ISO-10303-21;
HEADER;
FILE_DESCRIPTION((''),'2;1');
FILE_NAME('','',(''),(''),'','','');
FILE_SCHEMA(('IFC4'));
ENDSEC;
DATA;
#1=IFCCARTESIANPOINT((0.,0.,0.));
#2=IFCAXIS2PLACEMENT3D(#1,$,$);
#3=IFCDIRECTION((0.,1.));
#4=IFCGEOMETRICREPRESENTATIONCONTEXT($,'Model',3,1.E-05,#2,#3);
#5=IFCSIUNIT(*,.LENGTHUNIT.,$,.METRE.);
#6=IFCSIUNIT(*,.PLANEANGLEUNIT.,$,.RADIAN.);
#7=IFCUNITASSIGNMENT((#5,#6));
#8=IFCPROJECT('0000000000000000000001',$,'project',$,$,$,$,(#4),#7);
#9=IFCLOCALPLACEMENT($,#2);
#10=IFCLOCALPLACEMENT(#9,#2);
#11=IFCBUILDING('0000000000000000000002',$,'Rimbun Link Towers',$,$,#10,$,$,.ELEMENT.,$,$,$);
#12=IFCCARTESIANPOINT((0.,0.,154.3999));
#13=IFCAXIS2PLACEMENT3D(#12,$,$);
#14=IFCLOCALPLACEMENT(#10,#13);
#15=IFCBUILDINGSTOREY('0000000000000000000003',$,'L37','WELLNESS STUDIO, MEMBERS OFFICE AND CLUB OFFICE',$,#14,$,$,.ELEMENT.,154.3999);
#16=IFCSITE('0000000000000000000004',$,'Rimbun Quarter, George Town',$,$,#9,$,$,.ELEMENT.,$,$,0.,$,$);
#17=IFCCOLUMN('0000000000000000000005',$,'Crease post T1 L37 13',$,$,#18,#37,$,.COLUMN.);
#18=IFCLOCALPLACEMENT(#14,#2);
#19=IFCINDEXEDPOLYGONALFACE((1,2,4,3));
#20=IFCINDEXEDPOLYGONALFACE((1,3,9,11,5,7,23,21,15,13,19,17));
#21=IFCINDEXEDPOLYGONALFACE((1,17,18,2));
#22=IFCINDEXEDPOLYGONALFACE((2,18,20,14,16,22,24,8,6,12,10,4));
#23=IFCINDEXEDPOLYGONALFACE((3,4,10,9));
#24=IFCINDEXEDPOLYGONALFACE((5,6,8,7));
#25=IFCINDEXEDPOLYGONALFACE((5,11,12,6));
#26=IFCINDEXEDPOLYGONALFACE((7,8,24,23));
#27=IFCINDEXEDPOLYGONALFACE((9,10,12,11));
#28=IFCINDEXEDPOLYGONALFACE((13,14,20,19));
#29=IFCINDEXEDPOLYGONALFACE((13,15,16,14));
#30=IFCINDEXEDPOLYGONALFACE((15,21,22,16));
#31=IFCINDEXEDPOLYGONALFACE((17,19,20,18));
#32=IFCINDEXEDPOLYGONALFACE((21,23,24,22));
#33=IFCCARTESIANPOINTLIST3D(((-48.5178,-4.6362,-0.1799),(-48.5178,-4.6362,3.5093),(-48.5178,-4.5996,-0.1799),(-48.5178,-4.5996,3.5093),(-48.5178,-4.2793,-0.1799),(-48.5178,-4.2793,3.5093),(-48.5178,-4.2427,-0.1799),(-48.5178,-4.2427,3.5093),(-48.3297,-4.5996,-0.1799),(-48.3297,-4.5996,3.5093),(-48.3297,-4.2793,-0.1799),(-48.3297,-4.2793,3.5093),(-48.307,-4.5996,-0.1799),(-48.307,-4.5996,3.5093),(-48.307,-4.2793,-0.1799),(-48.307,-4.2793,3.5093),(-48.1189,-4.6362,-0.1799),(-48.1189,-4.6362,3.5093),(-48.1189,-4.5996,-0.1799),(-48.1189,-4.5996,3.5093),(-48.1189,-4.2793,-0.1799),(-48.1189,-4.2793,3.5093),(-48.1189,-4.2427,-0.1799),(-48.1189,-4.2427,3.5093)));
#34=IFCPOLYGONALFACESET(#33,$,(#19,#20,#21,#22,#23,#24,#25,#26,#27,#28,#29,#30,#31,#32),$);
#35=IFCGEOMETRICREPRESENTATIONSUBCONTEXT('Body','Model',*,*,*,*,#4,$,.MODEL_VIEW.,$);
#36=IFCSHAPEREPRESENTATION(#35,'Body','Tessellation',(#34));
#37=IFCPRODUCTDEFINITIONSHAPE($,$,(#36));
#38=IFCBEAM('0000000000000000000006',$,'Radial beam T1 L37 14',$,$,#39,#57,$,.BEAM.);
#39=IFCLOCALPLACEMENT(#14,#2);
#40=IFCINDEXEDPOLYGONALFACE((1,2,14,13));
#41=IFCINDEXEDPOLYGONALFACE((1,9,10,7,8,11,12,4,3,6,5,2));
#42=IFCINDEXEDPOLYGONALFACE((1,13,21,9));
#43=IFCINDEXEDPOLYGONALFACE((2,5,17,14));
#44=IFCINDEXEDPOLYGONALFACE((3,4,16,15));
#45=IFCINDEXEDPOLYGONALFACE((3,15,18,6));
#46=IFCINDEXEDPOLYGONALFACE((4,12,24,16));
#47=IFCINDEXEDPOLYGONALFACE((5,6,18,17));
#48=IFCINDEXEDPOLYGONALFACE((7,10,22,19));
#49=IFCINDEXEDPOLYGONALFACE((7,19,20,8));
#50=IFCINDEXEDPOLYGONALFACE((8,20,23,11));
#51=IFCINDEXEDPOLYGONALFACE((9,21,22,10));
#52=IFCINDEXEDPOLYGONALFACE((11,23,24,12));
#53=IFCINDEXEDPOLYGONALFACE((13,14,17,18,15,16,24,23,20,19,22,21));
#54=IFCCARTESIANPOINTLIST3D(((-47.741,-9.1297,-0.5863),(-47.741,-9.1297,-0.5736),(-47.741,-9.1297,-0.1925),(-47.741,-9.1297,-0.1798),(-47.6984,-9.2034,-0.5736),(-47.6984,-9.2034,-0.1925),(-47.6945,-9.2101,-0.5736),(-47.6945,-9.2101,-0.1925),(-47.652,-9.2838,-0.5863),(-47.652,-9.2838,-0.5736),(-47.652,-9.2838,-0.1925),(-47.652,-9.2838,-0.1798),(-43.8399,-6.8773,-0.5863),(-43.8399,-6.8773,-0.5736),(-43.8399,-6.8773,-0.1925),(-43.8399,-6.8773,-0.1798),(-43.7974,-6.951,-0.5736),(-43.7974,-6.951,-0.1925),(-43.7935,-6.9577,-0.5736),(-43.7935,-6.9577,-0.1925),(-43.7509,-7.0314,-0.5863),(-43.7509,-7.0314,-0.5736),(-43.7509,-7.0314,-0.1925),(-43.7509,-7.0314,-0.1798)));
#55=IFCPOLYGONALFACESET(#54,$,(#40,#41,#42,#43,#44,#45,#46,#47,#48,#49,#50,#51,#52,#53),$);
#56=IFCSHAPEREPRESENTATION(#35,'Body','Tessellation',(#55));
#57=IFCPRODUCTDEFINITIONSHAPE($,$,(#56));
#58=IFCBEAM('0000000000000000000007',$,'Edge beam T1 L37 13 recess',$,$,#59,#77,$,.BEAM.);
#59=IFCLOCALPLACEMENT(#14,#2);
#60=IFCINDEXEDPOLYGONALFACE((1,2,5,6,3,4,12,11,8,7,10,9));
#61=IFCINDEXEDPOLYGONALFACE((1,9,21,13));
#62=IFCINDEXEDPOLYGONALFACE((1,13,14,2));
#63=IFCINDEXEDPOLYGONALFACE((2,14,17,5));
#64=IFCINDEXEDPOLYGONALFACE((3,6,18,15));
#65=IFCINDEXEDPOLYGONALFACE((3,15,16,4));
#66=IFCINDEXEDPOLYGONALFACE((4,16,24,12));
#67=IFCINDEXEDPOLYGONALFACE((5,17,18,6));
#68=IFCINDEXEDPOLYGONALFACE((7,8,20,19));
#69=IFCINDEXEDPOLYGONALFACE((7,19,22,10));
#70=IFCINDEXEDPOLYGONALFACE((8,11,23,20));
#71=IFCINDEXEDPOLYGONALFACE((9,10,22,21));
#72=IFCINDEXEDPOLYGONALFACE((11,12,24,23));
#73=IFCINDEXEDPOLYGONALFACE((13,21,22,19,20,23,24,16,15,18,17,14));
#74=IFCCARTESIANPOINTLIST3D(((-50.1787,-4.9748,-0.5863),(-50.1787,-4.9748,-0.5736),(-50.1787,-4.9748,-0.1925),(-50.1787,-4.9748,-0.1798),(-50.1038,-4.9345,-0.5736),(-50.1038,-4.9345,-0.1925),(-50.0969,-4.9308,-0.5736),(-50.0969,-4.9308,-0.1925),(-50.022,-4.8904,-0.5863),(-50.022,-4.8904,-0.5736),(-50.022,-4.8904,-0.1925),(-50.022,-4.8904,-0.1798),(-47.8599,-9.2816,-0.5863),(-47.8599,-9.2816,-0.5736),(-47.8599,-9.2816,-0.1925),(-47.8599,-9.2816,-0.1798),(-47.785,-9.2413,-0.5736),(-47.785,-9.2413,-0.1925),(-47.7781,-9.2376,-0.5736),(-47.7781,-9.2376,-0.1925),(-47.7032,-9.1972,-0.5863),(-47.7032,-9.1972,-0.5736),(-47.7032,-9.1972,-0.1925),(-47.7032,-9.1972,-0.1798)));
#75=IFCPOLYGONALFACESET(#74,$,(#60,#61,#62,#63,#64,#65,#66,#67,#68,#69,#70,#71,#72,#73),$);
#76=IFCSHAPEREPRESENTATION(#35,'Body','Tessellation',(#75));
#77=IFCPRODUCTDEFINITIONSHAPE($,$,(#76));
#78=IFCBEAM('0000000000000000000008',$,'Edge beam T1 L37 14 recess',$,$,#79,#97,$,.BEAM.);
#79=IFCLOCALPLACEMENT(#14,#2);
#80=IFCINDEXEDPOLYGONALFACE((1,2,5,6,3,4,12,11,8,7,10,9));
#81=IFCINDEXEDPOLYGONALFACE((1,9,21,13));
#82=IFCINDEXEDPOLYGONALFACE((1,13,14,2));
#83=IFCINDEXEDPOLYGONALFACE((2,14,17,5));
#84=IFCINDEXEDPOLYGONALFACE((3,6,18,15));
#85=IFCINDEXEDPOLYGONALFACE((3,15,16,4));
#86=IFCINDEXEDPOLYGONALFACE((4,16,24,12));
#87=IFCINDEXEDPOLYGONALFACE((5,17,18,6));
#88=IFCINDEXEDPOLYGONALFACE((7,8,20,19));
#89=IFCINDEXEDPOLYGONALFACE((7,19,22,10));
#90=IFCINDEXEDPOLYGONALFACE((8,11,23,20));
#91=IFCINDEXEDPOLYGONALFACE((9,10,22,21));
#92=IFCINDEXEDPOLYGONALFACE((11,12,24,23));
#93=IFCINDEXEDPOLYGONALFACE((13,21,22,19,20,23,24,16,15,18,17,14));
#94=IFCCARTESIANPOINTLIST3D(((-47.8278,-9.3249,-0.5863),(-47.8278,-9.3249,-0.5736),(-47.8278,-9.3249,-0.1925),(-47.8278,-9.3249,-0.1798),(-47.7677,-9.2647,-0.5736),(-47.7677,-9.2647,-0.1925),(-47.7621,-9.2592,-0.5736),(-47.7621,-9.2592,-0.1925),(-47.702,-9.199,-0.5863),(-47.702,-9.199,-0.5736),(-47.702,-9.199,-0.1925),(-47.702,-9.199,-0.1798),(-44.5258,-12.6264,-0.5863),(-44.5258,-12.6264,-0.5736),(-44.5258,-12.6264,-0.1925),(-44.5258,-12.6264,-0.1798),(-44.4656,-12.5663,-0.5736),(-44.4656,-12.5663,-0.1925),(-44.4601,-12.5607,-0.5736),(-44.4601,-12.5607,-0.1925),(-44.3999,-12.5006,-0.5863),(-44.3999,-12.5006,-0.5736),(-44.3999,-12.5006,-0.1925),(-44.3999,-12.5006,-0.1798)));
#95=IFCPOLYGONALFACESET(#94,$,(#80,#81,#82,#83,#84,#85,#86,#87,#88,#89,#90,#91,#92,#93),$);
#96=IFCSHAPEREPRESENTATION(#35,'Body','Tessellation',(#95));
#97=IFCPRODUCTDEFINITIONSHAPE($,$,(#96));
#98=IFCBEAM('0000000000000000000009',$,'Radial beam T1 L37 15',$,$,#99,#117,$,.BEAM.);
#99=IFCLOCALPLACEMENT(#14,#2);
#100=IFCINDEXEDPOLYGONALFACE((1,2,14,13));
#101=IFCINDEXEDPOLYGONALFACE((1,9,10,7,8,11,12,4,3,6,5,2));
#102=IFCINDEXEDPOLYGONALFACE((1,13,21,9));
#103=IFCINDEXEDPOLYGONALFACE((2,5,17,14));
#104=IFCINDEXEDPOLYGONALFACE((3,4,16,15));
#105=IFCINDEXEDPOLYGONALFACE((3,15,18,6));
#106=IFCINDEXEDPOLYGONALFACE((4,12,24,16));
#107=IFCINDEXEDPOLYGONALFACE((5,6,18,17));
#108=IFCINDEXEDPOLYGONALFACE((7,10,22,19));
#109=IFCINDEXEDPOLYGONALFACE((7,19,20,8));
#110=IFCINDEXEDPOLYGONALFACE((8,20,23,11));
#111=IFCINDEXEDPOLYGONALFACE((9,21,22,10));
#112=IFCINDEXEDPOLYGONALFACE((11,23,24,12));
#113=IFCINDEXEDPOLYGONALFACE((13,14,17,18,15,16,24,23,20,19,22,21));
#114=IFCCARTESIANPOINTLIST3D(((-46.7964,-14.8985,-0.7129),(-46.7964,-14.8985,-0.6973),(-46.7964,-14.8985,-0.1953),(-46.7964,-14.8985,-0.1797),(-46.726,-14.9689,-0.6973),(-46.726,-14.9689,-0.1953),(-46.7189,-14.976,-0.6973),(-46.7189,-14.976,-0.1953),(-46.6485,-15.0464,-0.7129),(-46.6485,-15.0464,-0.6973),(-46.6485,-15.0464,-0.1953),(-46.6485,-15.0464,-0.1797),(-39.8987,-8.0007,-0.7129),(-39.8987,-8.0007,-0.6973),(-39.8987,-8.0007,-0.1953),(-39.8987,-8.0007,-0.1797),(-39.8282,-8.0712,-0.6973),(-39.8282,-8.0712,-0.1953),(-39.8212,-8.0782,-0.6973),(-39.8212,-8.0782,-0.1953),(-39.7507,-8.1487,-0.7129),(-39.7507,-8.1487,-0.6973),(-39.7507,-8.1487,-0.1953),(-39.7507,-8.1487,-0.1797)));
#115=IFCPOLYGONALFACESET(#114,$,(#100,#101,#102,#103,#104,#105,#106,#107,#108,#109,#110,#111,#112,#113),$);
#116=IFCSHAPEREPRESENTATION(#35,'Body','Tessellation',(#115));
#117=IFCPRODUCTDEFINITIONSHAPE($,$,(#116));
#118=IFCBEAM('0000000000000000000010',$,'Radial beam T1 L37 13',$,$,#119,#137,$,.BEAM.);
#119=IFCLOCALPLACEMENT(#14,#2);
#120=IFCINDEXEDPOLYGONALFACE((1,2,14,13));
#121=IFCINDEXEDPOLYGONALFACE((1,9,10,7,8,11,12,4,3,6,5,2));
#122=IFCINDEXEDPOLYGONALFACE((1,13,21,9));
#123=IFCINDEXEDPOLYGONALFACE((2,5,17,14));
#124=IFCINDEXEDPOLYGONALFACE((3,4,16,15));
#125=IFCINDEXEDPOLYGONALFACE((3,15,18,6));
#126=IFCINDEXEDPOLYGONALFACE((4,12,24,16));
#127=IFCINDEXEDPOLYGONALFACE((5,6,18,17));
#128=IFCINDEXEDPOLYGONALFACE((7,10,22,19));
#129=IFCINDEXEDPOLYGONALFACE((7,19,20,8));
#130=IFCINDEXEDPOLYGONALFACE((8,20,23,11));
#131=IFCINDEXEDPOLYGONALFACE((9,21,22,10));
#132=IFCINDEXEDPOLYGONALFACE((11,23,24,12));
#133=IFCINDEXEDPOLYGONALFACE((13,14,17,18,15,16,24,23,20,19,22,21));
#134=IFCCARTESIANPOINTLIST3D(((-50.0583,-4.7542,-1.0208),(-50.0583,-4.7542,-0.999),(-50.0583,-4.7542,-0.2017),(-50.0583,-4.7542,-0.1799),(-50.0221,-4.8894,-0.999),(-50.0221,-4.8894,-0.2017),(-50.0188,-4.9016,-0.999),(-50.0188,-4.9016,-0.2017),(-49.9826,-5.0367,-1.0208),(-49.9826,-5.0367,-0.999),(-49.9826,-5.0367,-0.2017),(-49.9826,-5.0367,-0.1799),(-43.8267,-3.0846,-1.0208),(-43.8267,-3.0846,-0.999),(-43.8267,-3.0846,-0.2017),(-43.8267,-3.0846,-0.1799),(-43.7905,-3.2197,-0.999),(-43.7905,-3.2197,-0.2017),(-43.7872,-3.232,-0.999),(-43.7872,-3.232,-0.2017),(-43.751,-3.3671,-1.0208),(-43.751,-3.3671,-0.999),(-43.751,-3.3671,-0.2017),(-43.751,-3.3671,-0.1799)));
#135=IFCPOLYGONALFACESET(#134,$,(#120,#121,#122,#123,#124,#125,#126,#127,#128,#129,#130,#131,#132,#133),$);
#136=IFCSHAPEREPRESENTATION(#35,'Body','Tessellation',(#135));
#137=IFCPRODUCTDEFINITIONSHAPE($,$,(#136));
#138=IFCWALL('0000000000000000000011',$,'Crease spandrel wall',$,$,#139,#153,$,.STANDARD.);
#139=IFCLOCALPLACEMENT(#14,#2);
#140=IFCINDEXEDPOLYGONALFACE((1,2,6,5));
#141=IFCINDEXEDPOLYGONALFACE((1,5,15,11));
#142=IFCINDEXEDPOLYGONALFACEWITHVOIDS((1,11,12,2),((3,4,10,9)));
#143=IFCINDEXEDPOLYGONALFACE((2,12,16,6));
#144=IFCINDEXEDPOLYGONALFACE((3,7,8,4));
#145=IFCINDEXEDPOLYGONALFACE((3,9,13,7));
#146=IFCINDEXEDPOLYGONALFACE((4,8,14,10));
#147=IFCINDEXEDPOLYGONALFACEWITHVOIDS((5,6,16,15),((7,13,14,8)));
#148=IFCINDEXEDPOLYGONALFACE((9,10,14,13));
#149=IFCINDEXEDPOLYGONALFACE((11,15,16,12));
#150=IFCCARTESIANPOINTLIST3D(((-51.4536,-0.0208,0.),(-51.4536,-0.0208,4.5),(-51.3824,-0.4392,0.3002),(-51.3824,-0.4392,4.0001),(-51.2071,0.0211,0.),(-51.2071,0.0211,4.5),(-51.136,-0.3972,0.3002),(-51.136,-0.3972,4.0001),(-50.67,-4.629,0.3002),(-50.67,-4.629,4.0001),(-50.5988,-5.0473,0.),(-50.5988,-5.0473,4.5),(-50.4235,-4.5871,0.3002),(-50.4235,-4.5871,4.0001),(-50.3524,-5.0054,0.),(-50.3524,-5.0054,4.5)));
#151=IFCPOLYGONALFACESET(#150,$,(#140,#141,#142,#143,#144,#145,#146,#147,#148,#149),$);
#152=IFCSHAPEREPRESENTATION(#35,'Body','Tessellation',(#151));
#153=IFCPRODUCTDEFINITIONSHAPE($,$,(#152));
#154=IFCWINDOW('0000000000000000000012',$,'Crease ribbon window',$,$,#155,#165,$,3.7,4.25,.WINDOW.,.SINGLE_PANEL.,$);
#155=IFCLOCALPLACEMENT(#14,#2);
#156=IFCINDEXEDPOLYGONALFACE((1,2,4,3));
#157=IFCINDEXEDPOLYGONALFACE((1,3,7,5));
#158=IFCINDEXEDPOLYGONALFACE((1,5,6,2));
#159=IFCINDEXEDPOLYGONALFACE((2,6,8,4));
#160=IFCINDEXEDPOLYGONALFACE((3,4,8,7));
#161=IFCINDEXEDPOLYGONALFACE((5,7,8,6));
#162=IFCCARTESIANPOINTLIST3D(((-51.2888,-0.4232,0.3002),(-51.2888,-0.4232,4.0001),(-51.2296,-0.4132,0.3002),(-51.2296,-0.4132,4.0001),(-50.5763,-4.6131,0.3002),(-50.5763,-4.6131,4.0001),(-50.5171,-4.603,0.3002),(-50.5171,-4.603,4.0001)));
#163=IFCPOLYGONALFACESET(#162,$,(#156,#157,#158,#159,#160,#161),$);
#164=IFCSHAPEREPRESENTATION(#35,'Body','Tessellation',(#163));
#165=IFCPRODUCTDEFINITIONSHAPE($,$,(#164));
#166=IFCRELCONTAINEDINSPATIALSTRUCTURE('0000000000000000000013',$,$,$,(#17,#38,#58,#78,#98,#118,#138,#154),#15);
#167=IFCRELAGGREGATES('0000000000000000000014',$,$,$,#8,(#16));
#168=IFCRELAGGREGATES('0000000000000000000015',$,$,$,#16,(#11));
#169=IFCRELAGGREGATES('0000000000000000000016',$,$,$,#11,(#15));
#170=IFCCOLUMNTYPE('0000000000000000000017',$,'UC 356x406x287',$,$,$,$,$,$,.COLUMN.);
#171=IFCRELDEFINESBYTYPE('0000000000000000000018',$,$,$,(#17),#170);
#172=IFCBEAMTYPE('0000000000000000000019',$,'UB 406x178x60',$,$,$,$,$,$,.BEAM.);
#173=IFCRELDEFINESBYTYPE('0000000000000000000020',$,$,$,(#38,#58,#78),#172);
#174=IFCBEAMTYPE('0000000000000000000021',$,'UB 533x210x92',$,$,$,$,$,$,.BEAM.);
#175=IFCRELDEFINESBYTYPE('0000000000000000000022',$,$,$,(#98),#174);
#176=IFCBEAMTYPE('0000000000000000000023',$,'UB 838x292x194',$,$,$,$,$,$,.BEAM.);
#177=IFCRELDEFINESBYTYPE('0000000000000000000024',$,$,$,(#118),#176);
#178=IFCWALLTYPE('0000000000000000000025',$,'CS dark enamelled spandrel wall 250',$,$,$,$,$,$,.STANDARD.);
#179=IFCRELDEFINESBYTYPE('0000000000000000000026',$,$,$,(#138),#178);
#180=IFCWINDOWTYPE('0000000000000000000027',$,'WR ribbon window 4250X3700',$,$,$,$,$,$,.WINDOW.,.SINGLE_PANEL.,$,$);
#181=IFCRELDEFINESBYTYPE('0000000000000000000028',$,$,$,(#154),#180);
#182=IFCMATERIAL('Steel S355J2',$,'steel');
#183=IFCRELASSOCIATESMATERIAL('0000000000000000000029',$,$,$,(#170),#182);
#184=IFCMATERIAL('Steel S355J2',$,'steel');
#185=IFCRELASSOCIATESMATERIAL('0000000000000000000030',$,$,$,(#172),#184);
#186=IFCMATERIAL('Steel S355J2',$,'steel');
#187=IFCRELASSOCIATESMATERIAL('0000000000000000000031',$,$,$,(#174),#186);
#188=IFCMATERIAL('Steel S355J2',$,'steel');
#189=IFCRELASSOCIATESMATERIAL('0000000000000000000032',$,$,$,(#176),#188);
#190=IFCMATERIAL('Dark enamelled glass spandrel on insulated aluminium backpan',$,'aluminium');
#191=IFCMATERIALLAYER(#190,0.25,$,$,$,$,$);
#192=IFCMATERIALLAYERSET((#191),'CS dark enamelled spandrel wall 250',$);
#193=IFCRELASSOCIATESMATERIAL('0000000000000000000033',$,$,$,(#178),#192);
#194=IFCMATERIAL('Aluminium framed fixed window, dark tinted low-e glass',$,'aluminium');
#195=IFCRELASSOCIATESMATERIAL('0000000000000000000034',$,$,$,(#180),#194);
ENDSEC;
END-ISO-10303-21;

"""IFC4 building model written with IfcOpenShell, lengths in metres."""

from ifc_helpers import new_model, si_unit, direction, frame, frame_2d, origin, origin_2d, place, context, subcontext, project, spatial, rectangle, i_section, extrude, material, layer, layer_set, material_profile, profile_set, type_object, element, fill, save


model = new_model("IFC4")

# Units and contexts
model_context = context("Model", 3, precision=1e-05, world=origin(), true_north=direction((0.0, 1.0)))
body_context = subcontext(model_context, "Body", "Model", "MODEL_VIEW")
ifc_project = project(units=[si_unit("LENGTHUNIT", "METRE"), si_unit("PLANEANGLEUNIT", "RADIAN")], contexts=[model_context])

# Site, building, storey
site_placement = place(None, origin())
site = spatial("IfcSite", under=ifc_project, at=site_placement, Name="Rimbun Quarter, George Town", CompositionType="ELEMENT", RefElevation=0.0)
building_placement = place(site_placement, origin())
building = spatial("IfcBuilding", under=site, at=building_placement, Name="Rimbun Link Towers", CompositionType="ELEMENT")
storey_placement = place(building_placement, frame((0.0, 0.0, 154.3999)))
storey = spatial("IfcBuildingStorey", under=building, at=storey_placement, Name="L37", Description="WELLNESS STUDIO, MEMBERS OFFICE AND CLUB OFFICE", CompositionType="ELEMENT", Elevation=154.3999)

# Column
ifc_material_1 = material(Name="Steel S355J2", Category="steel")
ifc_material_profile_1 = material_profile(ifc_material_1, i_section(OverallWidth=0.3989, OverallDepth=0.3936, WebThickness=0.0227, FlangeThickness=0.0366, at=origin_2d()), Name="UC 356x406x287")
ifc_profile_set_1 = profile_set([ifc_material_profile_1], Name="Steel S355J2")
column_type = type_object("IfcColumnType", Name="UC 356x406x287", PredefinedType="COLUMN", material=ifc_profile_set_1)
column_placement = place(storey_placement, frame((-48.3184, -4.4395, -0.1799), z_axis=(0.0, 0.0, 1.0), x_axis=(1.0, 0.0, 0.0)))
element("IfcColumn", 1, at=column_placement, inside=storey, type_object=column_type, Name="Crease post T1 L37 13", PredefinedType="COLUMN", context=body_context, shape_type="SweptSolid", body=[
    extrude(i_section(OverallWidth=0.3989, OverallDepth=0.3936, WebThickness=0.0227, FlangeThickness=0.0366, at=origin_2d()), origin(), (0.0, 0.0, 1.0), 3.6892),
])

# Beams
ifc_material_2 = material(Name="Steel S355J2", Category="steel")
ifc_material_profile_2 = material_profile(ifc_material_2, i_section(OverallWidth=0.178, OverallDepth=0.4065, WebThickness=0.0078, FlangeThickness=0.0127, at=origin_2d()), Name="UB 406x178x60")
ifc_profile_set_2 = profile_set([ifc_material_profile_2], Name="Steel S355J2")
beam_type_1 = type_object("IfcBeamType", Name="UB 406x178x60", PredefinedType="BEAM", material=ifc_profile_set_2)
beam_1_placement = place(storey_placement, frame((-43.7954, -6.9543, -0.3831), z_axis=(-0.866013, -0.500021, 0.0), x_axis=(0.500021, -0.866013, 0.0)))
element("IfcBeam", 2, at=beam_1_placement, inside=storey, type_object=beam_type_1, Name="Radial beam T1 L37 14", PredefinedType="BEAM", context=body_context, shape_type="SweptSolid", body=[
    extrude(i_section(OverallWidth=0.178, OverallDepth=0.4065, WebThickness=0.0078, FlangeThickness=0.0127, at=origin_2d()), origin(), (0.0, 0.0, 1.0), 4.5046),
])
beam_2_placement = place(storey_placement, frame((-50.1003, -4.9326, -0.3831), z_axis=(0.474061, -0.880492, 0.0), x_axis=(0.880492, 0.474061, 0.0)))
element("IfcBeam", 3, at=beam_2_placement, inside=storey, type_object=beam_type_1, Name="Edge beam T1 L37 13 recess", PredefinedType="BEAM", context=body_context, shape_type="SweptSolid", body=[
    extrude(i_section(OverallWidth=0.178, OverallDepth=0.4065, WebThickness=0.0078, FlangeThickness=0.0127, at=origin_2d()), origin(), (0.0, 0.0, 1.0), 4.8914),
])
beam_3_placement = place(storey_placement, frame((-47.7649, -9.262, -0.3831), z_axis=(0.707159, -0.707054, 0.0), x_axis=(0.707054, 0.707159, 0.0)))
element("IfcBeam", 4, at=beam_3_placement, inside=storey, type_object=beam_type_1, Name="Edge beam T1 L37 14 recess", PredefinedType="BEAM", context=body_context, shape_type="SweptSolid", body=[
    extrude(i_section(OverallWidth=0.178, OverallDepth=0.4065, WebThickness=0.0078, FlangeThickness=0.0127, at=origin_2d()), origin(), (0.0, 0.0, 1.0), 4.6694),
])
ifc_material_3 = material(Name="Steel S355J2", Category="steel")
ifc_material_profile_3 = material_profile(ifc_material_3, i_section(OverallWidth=0.2092, OverallDepth=0.5332, WebThickness=0.01, FlangeThickness=0.0156, at=origin_2d()), Name="UB 533x210x92")
ifc_profile_set_3 = profile_set([ifc_material_profile_3], Name="Steel S355J2")
beam_type_2 = type_object("IfcBeamType", Name="UB 533x210x92", PredefinedType="BEAM", material=ifc_profile_set_3)
beam_4_placement = place(storey_placement, frame((-39.8247, -8.0747, -0.4463), z_axis=(-0.707107, -0.707107, 0.0), x_axis=(0.707107, -0.707107, 0.0)))
element("IfcBeam", 5, at=beam_4_placement, inside=storey, type_object=beam_type_2, Name="Radial beam T1 L37 15", PredefinedType="BEAM", context=body_context, shape_type="SweptSolid", body=[
    extrude(i_section(OverallWidth=0.2092, OverallDepth=0.5332, WebThickness=0.01, FlangeThickness=0.0156, at=origin_2d()), origin(), (0.0, 0.0, 1.0), 9.7549),
])
ifc_material_4 = material(Name="Steel S355J2", Category="steel")
ifc_material_profile_4 = material_profile(ifc_material_4, i_section(OverallWidth=0.2925, OverallDepth=0.8408, WebThickness=0.0127, FlangeThickness=0.0217, at=origin_2d()), Name="UB 838x292x194")
ifc_profile_set_4 = profile_set([ifc_material_profile_4], Name="Steel S355J2")
beam_type_3 = type_object("IfcBeamType", Name="UB 838x292x194", PredefinedType="BEAM", material=ifc_profile_set_4)
beam_5_placement = place(storey_placement, frame((-43.7888, -3.2258, -0.6003), z_axis=(-0.96593, -0.258805, 0.0), x_axis=(0.258805, -0.96593, 0.0)))
element("IfcBeam", 6, at=beam_5_placement, inside=storey, type_object=beam_type_3, Name="Radial beam T1 L37 13", PredefinedType="BEAM", context=body_context, shape_type="SweptSolid", body=[
    extrude(i_section(OverallWidth=0.2925, OverallDepth=0.8408, WebThickness=0.0127, FlangeThickness=0.0217, at=origin_2d()), origin(), (0.0, 0.0, 1.0), 6.4514),
])

# Wall, opening, window
ifc_material_5 = material(Name="Dark enamelled glass spandrel on insulated aluminium backpan", Category="aluminium")
ifc_layer_1 = layer(ifc_material_5, 0.25)
ifc_layer_set_1 = layer_set([ifc_layer_1], Name="CS dark enamelled spandrel wall 250")
wall_type_1 = type_object("IfcWallType", Name="CS dark enamelled spandrel wall 250", PredefinedType="STANDARD", material=ifc_layer_set_1)
wall_1_placement = place(storey_placement, frame((-50.4756, -5.0264, 0.0), z_axis=(0.0, 0.0, 1.0), x_axis=(-0.167644, 0.985848, 0.0)))
wall_1 = element("IfcWall", 7, at=wall_1_placement, inside=storey, type_object=wall_type_1, Name="Crease spandrel wall", PredefinedType="STANDARD", context=body_context, shape_type="SweptSolid", body=[
    extrude(rectangle(XDim=5.0986, YDim=0.25, at=frame_2d((2.5493, 0.0))), origin(), (0.0, 0.0, 1.0), 4.5),
])
opening_1_placement = place(wall_1_placement, frame((0.4243, 0.0, 0.3)))
opening_1 = element("IfcOpeningElement", 8, at=opening_1_placement, cuts=wall_1, PredefinedType="OPENING", context=body_context, shape_type="SweptSolid", body=[
    extrude(rectangle(XDim=4.25, YDim=3.7, at=frame_2d((2.125, 1.8501))), frame((0.0, 0.135, 0.0), z_axis=(0.0, -1.0, 0.0), x_axis=(1.0, 0.0, 0.0)), (0.0, 0.0, 1.0), 0.27),
])
ifc_material_6 = material(Name="Aluminium framed fixed window, dark tinted low-e glass", Category="aluminium")
window_type = type_object("IfcWindowType", Name="WR ribbon window 4250X3700", PartitioningType="SINGLE_PANEL", PredefinedType="WINDOW", material=ifc_material_6)
window_placement = place(opening_1_placement, origin())
window = element("IfcWindow", 9, at=window_placement, inside=storey, type_object=window_type, Name="Crease ribbon window", OverallHeight=3.7, OverallWidth=4.25, PartitioningType="SINGLE_PANEL", PredefinedType="WINDOW", context=body_context, shape_type="SweptSolid", body=[
    extrude(rectangle(XDim=4.25, YDim=3.7, at=frame_2d((2.125, 1.8501))), frame((0.0, 0.03, 0.0), z_axis=(0.0, -1.0, 0.0), x_axis=(1.0, 0.0, 0.0)), (0.0, 0.0, 1.0), 0.0601),
])
fill(opening_1, window)

save(model, "model.ifc")
